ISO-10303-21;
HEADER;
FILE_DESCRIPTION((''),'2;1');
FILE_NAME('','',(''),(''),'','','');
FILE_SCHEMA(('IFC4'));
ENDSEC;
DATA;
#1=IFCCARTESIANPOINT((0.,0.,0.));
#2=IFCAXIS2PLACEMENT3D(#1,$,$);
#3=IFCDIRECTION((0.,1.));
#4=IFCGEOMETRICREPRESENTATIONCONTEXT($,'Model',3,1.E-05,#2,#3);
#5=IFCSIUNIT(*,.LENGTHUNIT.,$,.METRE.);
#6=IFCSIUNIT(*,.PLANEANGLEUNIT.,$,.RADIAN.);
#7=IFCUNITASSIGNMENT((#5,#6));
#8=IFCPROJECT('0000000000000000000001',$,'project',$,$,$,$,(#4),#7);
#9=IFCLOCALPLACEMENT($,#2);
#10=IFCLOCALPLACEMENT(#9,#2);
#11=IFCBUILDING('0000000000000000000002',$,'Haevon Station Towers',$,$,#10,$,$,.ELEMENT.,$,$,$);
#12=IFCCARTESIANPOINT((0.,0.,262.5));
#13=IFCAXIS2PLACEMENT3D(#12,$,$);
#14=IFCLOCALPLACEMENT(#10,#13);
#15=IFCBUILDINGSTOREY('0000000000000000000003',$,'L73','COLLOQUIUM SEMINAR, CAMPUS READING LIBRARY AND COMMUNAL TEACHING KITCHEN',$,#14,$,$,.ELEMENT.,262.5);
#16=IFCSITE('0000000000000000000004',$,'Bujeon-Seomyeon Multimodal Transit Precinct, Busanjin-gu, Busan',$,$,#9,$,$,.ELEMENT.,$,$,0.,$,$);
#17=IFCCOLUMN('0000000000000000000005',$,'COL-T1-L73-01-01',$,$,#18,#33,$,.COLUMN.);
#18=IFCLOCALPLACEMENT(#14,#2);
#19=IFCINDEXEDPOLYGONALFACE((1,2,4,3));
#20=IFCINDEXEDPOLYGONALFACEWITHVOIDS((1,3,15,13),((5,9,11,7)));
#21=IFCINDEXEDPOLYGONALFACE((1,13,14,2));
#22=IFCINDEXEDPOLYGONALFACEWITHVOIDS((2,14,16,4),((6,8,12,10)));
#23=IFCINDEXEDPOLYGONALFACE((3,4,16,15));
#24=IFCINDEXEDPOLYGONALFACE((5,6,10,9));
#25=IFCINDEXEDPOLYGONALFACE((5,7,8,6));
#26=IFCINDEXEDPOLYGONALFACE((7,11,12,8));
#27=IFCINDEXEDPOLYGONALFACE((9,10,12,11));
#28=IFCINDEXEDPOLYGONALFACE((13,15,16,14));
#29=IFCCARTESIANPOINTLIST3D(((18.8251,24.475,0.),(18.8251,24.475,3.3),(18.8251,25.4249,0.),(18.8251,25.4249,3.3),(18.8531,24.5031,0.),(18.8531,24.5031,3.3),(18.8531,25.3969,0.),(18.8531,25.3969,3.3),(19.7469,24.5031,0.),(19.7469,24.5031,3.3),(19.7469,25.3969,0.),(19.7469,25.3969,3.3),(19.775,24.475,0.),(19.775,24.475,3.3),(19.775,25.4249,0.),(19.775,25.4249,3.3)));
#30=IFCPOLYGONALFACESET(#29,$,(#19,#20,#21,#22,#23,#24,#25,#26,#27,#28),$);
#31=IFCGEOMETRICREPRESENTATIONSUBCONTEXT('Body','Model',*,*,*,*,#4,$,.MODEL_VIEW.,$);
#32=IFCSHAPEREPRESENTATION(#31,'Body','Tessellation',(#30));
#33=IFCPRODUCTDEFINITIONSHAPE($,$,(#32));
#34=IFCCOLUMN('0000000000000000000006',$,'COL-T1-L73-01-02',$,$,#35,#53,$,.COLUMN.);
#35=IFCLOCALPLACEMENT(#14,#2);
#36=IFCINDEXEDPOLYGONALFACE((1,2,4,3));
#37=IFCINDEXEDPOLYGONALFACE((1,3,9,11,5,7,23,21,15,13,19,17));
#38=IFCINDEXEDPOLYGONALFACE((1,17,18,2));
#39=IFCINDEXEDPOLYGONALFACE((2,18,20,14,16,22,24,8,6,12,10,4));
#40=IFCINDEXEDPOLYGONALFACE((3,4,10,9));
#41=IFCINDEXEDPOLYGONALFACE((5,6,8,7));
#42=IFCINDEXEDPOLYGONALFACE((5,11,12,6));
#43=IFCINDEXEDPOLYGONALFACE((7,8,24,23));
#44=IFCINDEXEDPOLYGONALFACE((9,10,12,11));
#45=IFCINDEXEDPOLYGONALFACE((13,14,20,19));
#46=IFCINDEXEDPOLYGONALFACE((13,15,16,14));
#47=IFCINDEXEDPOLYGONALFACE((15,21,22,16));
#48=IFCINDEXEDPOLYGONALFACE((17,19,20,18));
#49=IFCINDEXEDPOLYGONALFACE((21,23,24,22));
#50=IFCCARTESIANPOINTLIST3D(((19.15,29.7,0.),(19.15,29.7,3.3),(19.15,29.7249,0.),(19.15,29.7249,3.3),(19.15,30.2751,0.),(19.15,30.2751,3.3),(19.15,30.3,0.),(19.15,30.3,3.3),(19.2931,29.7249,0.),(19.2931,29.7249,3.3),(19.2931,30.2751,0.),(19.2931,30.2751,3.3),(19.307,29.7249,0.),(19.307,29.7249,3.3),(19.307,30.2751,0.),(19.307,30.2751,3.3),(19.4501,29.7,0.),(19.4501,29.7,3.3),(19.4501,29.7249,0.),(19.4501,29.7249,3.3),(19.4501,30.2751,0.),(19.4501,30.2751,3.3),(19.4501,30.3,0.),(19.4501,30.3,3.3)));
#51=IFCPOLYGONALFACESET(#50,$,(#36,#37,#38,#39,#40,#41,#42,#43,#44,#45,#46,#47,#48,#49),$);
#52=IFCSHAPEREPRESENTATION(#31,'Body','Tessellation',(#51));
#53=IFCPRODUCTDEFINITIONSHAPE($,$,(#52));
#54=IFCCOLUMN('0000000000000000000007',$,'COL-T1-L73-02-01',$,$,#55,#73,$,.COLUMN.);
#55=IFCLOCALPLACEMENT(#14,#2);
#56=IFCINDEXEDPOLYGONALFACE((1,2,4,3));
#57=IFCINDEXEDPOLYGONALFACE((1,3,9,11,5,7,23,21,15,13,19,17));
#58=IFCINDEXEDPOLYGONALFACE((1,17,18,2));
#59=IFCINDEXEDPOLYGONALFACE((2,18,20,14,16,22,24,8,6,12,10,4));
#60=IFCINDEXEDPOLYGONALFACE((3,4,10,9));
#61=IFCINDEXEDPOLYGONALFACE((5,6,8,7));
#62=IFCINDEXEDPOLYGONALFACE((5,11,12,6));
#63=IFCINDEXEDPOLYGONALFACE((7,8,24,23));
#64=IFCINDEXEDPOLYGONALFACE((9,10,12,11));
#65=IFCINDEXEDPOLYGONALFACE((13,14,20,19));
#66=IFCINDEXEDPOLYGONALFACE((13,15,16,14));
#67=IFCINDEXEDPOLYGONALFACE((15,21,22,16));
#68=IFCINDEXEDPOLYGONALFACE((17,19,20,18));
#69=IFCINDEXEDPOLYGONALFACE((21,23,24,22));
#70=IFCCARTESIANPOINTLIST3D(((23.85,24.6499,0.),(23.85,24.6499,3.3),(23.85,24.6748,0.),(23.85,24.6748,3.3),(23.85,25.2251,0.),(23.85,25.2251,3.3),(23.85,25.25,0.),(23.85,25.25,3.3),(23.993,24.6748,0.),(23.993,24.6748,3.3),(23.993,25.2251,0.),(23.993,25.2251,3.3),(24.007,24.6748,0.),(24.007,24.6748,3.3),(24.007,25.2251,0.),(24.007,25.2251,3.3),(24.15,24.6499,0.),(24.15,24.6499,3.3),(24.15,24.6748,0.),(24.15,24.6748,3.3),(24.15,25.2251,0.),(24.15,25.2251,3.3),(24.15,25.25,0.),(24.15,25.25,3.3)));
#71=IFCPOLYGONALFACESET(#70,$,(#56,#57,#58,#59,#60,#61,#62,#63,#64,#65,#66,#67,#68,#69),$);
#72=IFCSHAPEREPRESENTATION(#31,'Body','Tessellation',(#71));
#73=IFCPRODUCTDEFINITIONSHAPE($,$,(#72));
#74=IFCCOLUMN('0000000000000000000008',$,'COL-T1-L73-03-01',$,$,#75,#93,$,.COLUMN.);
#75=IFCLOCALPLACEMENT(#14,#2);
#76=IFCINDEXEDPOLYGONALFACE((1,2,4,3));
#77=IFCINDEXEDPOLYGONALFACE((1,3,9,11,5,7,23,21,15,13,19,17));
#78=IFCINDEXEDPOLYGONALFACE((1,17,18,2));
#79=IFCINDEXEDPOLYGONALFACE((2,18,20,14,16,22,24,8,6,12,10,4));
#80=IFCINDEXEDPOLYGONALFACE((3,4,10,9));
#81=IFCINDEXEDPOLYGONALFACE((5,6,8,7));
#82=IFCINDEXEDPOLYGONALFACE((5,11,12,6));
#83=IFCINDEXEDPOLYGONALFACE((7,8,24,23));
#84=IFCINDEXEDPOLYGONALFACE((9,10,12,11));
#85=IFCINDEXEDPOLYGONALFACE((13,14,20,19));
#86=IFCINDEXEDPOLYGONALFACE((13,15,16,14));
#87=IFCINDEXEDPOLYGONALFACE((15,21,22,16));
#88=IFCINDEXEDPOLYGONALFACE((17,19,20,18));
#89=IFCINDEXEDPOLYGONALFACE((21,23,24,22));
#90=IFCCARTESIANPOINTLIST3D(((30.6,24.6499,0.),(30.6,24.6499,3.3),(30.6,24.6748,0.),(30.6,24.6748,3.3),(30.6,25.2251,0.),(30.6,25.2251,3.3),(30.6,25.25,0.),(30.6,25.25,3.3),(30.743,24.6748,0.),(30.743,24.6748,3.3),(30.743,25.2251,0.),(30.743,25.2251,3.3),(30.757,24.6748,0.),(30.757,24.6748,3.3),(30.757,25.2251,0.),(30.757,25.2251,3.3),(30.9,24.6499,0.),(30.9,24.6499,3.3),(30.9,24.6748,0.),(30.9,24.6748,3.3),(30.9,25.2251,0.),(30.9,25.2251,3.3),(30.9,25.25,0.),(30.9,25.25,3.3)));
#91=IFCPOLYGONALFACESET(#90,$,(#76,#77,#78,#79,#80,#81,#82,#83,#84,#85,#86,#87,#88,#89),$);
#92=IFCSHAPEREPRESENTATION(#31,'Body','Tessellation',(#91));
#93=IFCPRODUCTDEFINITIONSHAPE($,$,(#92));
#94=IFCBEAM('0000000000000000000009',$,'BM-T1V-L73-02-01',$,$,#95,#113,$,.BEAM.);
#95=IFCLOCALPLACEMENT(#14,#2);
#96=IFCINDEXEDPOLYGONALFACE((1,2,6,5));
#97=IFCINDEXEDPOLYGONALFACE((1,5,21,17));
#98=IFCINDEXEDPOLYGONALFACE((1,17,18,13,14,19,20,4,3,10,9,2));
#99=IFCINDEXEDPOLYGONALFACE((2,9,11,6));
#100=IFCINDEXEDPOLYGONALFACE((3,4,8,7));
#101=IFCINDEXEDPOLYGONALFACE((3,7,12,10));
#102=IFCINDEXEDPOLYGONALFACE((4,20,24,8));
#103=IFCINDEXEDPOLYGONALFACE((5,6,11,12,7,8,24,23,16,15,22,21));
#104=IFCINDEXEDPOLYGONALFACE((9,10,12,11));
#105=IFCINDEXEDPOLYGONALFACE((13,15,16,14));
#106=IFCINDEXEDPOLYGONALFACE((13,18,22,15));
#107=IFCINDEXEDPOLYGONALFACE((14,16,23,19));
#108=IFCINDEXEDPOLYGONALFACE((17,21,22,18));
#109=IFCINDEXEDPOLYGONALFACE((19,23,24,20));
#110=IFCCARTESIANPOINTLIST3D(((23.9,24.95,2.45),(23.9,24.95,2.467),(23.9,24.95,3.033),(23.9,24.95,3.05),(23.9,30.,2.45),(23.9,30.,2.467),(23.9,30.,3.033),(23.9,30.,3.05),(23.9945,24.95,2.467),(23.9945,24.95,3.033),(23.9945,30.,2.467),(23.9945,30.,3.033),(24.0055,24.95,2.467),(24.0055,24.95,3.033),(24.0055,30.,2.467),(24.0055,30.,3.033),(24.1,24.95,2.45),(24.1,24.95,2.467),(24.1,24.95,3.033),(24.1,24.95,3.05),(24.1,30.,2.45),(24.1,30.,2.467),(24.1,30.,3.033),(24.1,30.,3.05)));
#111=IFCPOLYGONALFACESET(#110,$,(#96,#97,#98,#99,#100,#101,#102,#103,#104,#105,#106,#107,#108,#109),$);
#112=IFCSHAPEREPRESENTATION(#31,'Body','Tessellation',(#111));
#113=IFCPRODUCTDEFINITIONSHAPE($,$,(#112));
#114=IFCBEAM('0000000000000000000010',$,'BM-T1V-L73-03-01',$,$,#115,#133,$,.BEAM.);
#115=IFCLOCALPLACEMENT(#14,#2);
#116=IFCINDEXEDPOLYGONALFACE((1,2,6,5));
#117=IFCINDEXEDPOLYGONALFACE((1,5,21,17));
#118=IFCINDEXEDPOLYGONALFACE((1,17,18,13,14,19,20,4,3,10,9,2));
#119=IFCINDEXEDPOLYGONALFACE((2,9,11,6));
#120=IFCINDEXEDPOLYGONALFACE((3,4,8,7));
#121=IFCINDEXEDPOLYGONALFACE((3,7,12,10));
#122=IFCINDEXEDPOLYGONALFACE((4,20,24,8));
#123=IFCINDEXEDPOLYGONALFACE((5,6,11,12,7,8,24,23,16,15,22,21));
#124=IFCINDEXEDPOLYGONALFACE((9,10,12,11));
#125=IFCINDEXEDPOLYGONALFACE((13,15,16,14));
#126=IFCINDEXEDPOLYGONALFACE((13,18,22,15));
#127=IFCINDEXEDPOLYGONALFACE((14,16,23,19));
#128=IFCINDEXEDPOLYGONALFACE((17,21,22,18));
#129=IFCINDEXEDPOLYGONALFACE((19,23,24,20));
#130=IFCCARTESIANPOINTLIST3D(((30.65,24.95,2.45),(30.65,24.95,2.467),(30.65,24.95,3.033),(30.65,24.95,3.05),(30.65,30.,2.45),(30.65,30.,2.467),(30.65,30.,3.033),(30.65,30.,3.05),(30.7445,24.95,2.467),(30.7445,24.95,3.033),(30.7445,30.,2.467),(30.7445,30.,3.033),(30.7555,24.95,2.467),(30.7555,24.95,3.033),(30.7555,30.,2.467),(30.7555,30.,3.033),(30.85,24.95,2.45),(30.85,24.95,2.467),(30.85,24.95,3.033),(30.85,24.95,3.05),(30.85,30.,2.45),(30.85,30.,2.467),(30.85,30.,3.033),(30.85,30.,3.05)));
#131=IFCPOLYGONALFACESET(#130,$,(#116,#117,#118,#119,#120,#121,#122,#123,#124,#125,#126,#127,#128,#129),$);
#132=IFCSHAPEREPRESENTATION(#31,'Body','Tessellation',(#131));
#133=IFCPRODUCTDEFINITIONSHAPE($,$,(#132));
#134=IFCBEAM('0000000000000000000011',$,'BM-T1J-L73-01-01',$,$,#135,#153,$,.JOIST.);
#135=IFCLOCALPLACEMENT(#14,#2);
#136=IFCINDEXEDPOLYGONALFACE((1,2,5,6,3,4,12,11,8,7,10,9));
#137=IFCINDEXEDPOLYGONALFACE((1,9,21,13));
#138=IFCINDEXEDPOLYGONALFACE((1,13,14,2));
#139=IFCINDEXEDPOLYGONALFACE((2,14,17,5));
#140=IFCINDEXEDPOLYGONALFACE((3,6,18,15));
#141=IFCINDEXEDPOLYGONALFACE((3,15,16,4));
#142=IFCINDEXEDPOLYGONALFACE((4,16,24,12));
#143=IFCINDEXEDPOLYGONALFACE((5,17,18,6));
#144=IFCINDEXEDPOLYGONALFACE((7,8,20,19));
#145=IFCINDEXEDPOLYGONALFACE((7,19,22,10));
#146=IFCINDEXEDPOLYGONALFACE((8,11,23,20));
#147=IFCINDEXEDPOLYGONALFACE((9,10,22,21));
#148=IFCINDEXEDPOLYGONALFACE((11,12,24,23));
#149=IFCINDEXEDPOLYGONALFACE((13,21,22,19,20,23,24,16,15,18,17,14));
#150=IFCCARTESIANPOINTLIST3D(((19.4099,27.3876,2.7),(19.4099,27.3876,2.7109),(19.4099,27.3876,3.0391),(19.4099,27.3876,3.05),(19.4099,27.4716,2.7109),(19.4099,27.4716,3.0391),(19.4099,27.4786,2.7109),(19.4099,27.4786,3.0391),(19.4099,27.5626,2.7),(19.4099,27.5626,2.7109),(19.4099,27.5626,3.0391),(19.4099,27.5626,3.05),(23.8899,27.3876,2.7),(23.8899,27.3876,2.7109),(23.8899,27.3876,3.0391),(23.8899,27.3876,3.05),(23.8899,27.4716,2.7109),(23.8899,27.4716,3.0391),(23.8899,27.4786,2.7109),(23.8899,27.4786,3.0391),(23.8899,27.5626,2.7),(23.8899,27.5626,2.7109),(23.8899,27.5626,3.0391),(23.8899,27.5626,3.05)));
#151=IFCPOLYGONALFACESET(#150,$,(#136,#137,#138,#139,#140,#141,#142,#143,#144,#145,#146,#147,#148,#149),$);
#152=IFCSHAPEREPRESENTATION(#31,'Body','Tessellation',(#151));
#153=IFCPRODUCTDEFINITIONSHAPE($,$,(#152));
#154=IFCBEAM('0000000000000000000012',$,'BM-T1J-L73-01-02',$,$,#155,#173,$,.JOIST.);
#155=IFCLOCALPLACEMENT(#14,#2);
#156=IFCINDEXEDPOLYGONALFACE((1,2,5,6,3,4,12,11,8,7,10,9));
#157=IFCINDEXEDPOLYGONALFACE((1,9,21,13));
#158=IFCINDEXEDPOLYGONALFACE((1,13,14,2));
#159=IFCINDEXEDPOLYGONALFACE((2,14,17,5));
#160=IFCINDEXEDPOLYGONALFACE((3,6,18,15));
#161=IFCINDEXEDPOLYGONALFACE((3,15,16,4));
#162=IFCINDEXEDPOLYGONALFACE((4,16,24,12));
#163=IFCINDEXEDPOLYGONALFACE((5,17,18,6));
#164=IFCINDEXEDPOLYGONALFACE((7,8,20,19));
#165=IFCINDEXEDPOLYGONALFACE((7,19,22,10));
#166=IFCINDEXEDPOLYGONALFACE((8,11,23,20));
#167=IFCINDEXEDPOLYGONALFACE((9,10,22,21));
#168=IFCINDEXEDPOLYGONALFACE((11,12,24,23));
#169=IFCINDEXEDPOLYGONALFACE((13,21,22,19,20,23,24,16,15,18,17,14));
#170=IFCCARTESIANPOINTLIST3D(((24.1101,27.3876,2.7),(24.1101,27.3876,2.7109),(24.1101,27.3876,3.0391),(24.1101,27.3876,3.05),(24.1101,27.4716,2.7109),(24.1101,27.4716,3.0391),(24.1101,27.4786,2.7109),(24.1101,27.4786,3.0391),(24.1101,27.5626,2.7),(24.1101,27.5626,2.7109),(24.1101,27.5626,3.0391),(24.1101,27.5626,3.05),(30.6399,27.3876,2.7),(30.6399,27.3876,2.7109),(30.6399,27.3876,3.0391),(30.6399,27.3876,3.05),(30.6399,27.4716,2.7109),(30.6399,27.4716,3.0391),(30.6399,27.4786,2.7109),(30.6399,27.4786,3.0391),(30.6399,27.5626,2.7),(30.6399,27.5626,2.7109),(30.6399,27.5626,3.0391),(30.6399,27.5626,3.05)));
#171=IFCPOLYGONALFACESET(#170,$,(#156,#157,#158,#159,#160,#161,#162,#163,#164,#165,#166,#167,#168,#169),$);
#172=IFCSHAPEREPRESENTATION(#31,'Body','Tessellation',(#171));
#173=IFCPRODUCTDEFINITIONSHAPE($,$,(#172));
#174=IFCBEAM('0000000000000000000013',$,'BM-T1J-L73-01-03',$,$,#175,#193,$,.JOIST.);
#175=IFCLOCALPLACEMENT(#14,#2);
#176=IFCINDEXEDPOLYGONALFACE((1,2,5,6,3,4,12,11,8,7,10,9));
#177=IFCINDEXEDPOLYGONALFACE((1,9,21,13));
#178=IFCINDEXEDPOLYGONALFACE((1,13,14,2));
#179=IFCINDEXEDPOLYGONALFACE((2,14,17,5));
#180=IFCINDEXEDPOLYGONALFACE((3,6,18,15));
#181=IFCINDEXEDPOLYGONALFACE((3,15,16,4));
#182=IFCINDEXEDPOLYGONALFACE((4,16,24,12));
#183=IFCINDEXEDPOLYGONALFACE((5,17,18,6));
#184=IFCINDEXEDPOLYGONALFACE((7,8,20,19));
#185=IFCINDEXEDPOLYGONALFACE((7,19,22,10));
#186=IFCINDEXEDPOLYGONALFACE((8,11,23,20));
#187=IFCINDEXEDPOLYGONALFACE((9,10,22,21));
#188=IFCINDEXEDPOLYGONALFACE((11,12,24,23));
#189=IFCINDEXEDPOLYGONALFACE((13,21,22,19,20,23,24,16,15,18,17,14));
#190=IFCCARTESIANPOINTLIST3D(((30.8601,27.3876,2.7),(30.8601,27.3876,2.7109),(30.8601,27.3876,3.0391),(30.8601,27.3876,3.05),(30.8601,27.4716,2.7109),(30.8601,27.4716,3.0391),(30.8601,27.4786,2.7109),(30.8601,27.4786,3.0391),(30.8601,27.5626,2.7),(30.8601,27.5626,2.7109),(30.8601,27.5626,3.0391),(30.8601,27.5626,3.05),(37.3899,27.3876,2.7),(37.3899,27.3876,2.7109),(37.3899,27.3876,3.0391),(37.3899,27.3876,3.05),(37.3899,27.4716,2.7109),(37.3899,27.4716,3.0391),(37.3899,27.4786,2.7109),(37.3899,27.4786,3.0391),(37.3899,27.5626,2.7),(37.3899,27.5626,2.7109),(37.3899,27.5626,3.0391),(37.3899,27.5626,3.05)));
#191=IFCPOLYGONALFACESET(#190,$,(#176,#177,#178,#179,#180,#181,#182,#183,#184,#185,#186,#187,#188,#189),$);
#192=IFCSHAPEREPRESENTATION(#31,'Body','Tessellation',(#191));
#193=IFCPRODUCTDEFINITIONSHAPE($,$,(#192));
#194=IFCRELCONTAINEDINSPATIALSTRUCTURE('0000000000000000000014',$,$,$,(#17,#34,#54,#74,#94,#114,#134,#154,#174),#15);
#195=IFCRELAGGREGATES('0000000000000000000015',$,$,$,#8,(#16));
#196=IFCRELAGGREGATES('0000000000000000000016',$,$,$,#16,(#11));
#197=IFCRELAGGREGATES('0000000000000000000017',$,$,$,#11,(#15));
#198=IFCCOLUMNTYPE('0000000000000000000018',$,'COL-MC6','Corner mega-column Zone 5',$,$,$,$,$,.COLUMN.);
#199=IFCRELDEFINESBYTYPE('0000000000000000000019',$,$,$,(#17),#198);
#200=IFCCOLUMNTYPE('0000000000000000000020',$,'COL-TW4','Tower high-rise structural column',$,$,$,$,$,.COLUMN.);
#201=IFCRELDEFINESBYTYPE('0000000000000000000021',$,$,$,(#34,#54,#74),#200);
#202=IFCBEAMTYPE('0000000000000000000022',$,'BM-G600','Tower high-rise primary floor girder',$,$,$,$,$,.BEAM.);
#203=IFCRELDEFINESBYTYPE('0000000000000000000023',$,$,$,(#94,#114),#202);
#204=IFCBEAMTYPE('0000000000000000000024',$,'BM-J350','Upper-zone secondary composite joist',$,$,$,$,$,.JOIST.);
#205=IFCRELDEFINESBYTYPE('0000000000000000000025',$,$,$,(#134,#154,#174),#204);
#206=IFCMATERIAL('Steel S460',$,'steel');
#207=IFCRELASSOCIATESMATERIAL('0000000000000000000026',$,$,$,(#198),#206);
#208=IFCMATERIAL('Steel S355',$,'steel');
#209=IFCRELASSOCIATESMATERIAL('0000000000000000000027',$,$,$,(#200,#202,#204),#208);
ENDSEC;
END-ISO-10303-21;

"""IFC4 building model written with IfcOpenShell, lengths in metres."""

from ifc_helpers import new_model, si_unit, direction, frame, origin, origin_2d, place, context, subcontext, project, spatial, hollow_rectangle, i_section, extrude, material, material_profile, profile_set, type_object, element, save


model = new_model("IFC4")

# Units and contexts
model_context = context("Model", 3, precision=1e-05, world=origin(), true_north=direction((0.0, 1.0)))
body_context = subcontext(model_context, "Body", "Model", "MODEL_VIEW")
ifc_project = project(units=[si_unit("LENGTHUNIT", "METRE"), si_unit("PLANEANGLEUNIT", "RADIAN")], contexts=[model_context])

# Site, building, storey
site_placement = place(None, origin())
site = spatial("IfcSite", under=ifc_project, at=site_placement, Name="Bujeon-Seomyeon Multimodal Transit Precinct, Busanjin-gu, Busan", CompositionType="ELEMENT", RefElevation=0.0)
building_placement = place(site_placement, origin())
building = spatial("IfcBuilding", under=site, at=building_placement, Name="Haevon Station Towers", CompositionType="ELEMENT")
storey_placement = place(building_placement, frame((0.0, 0.0, 262.5)))
storey = spatial("IfcBuildingStorey", under=building, at=storey_placement, Name="L73", Description="COLLOQUIUM SEMINAR, CAMPUS READING LIBRARY AND COMMUNAL TEACHING KITCHEN", CompositionType="ELEMENT", Elevation=262.5)

# Columns
ifc_material_1 = material(Name="Steel S460", Category="steel")
ifc_material_profile_1 = material_profile(ifc_material_1, hollow_rectangle(XDim=0.95, YDim=0.95, WallThickness=0.0281, at=origin_2d()), Name="BOX-950x950x28")
ifc_profile_set_1 = profile_set([ifc_material_profile_1], Name="Steel S460")
column_type_1 = type_object("IfcColumnType", Name="COL-MC6", Description="Corner mega-column Zone 5", PredefinedType="COLUMN", material=ifc_profile_set_1)
column_placement = place(storey_placement, frame((19.3, 24.95, 0.0), z_axis=(0.0, 0.0, 1.0), x_axis=(1.0, 0.0, 0.0)))
element("IfcColumn", 1, at=column_placement, inside=storey, type_object=column_type_1, Name="COL-T1-L73-01-01", PredefinedType="COLUMN", context=body_context, shape_type="SweptSolid", body=[
    extrude(hollow_rectangle(XDim=0.95, YDim=0.95, WallThickness=0.0281, at=origin_2d()), origin(), (0.0, 0.0, 1.0), 3.3),
])
ifc_material_2 = material(Name="Steel S355", Category="steel")
ifc_material_profile_2 = material_profile(ifc_material_2, i_section(OverallWidth=0.3, OverallDepth=0.6001, WebThickness=0.0139, FlangeThickness=0.0249, at=origin_2d()), Name="H-600x300x14x25")
ifc_profile_set_2 = profile_set([ifc_material_profile_2], Name="Steel S355")
column_type_2 = type_object("IfcColumnType", Name="COL-TW4", Description="Tower high-rise structural column", PredefinedType="COLUMN", material=ifc_profile_set_2)
for number, where, z_axis, x_axis, name in (
    (2, (19.3, 30.0, 0.0), (0.0, 0.0, 1.0), (1.0, 0.0, 0.0), "COL-T1-L73-01-02"),
    (3, (24.0, 24.95, 0.0), (0.0, 0.0, 1.0), (1.0, 0.0, 0.0), "COL-T1-L73-02-01"),
    (4, (30.75, 24.95, 0.0), (0.0, 0.0, 1.0), (1.0, 0.0, 0.0), "COL-T1-L73-03-01"),
):
    element("IfcColumn", number, at=place(storey_placement, frame(where, z_axis=z_axis, x_axis=x_axis)), inside=storey, type_object=column_type_2, Name=name, PredefinedType="COLUMN", context=body_context, shape_type="SweptSolid", body=[
        extrude(i_section(OverallWidth=0.3, OverallDepth=0.6001, WebThickness=0.0139, FlangeThickness=0.0249, at=origin_2d()), origin(), (0.0, 0.0, 1.0), 3.3),
    ])

# Beams
ifc_material_profile_3 = material_profile(ifc_material_2, i_section(OverallWidth=0.2, OverallDepth=0.6001, WebThickness=0.011, FlangeThickness=0.0171, at=origin_2d()), Name="H-600x200x11x17")
ifc_profile_set_3 = profile_set([ifc_material_profile_3], Name="Steel S355")
beam_type_1 = type_object("IfcBeamType", Name="BM-G600", Description="Tower high-rise primary floor girder", PredefinedType="BEAM", material=ifc_profile_set_3)
for number, where, z_axis, x_axis, name in (
    (5, (24.0, 24.95, 2.75), (0.0, 1.0, 0.0), (-1.0, 0.0, 0.0), "BM-T1V-L73-02-01"),
    (6, (30.75, 24.95, 2.75), (0.0, 1.0, 0.0), (-1.0, 0.0, 0.0), "BM-T1V-L73-03-01"),
):
    element("IfcBeam", number, at=place(storey_placement, frame(where, z_axis=z_axis, x_axis=x_axis)), inside=storey, type_object=beam_type_1, Name=name, PredefinedType="BEAM", context=body_context, shape_type="SweptSolid", body=[
        extrude(i_section(OverallWidth=0.2, OverallDepth=0.6001, WebThickness=0.011, FlangeThickness=0.0171, at=origin_2d()), origin(), (0.0, 0.0, 1.0), 5.05),
    ])
ifc_material_profile_4 = material_profile(ifc_material_2, i_section(OverallWidth=0.175, OverallDepth=0.3501, WebThickness=0.0071, FlangeThickness=0.011, at=origin_2d()), Name="H-350x175x7x11")
ifc_profile_set_4 = profile_set([ifc_material_profile_4], Name="Steel S355")
beam_type_2 = type_object("IfcBeamType", Name="BM-J350", Description="Upper-zone secondary composite joist", PredefinedType="JOIST", material=ifc_profile_set_4)
beam_1_placement = place(storey_placement, frame((19.4099, 27.4751, 2.875), z_axis=(1.0, 0.0, 0.0), x_axis=(0.0, 1.0, 0.0)))
element("IfcBeam", 7, at=beam_1_placement, inside=storey, type_object=beam_type_2, Name="BM-T1J-L73-01-01", PredefinedType="JOIST", context=body_context, shape_type="SweptSolid", body=[
    extrude(i_section(OverallWidth=0.175, OverallDepth=0.3501, WebThickness=0.0071, FlangeThickness=0.011, at=origin_2d()), origin(), (0.0, 0.0, 1.0), 4.48),
])
for number, where, z_axis, x_axis, name in (
    (8, (24.1101, 27.4751, 2.875), (1.0, 0.0, 0.0), (0.0, 1.0, 0.0), "BM-T1J-L73-01-02"),
    (9, (30.8601, 27.4751, 2.875), (1.0, 0.0, 0.0), (0.0, 1.0, 0.0), "BM-T1J-L73-01-03"),
):
    element("IfcBeam", number, at=place(storey_placement, frame(where, z_axis=z_axis, x_axis=x_axis)), inside=storey, type_object=beam_type_2, Name=name, PredefinedType="JOIST", context=body_context, shape_type="SweptSolid", body=[
        extrude(i_section(OverallWidth=0.175, OverallDepth=0.3501, WebThickness=0.0071, FlangeThickness=0.011, at=origin_2d()), origin(), (0.0, 0.0, 1.0), 6.5298),
    ])

save(model, "model.ifc")
